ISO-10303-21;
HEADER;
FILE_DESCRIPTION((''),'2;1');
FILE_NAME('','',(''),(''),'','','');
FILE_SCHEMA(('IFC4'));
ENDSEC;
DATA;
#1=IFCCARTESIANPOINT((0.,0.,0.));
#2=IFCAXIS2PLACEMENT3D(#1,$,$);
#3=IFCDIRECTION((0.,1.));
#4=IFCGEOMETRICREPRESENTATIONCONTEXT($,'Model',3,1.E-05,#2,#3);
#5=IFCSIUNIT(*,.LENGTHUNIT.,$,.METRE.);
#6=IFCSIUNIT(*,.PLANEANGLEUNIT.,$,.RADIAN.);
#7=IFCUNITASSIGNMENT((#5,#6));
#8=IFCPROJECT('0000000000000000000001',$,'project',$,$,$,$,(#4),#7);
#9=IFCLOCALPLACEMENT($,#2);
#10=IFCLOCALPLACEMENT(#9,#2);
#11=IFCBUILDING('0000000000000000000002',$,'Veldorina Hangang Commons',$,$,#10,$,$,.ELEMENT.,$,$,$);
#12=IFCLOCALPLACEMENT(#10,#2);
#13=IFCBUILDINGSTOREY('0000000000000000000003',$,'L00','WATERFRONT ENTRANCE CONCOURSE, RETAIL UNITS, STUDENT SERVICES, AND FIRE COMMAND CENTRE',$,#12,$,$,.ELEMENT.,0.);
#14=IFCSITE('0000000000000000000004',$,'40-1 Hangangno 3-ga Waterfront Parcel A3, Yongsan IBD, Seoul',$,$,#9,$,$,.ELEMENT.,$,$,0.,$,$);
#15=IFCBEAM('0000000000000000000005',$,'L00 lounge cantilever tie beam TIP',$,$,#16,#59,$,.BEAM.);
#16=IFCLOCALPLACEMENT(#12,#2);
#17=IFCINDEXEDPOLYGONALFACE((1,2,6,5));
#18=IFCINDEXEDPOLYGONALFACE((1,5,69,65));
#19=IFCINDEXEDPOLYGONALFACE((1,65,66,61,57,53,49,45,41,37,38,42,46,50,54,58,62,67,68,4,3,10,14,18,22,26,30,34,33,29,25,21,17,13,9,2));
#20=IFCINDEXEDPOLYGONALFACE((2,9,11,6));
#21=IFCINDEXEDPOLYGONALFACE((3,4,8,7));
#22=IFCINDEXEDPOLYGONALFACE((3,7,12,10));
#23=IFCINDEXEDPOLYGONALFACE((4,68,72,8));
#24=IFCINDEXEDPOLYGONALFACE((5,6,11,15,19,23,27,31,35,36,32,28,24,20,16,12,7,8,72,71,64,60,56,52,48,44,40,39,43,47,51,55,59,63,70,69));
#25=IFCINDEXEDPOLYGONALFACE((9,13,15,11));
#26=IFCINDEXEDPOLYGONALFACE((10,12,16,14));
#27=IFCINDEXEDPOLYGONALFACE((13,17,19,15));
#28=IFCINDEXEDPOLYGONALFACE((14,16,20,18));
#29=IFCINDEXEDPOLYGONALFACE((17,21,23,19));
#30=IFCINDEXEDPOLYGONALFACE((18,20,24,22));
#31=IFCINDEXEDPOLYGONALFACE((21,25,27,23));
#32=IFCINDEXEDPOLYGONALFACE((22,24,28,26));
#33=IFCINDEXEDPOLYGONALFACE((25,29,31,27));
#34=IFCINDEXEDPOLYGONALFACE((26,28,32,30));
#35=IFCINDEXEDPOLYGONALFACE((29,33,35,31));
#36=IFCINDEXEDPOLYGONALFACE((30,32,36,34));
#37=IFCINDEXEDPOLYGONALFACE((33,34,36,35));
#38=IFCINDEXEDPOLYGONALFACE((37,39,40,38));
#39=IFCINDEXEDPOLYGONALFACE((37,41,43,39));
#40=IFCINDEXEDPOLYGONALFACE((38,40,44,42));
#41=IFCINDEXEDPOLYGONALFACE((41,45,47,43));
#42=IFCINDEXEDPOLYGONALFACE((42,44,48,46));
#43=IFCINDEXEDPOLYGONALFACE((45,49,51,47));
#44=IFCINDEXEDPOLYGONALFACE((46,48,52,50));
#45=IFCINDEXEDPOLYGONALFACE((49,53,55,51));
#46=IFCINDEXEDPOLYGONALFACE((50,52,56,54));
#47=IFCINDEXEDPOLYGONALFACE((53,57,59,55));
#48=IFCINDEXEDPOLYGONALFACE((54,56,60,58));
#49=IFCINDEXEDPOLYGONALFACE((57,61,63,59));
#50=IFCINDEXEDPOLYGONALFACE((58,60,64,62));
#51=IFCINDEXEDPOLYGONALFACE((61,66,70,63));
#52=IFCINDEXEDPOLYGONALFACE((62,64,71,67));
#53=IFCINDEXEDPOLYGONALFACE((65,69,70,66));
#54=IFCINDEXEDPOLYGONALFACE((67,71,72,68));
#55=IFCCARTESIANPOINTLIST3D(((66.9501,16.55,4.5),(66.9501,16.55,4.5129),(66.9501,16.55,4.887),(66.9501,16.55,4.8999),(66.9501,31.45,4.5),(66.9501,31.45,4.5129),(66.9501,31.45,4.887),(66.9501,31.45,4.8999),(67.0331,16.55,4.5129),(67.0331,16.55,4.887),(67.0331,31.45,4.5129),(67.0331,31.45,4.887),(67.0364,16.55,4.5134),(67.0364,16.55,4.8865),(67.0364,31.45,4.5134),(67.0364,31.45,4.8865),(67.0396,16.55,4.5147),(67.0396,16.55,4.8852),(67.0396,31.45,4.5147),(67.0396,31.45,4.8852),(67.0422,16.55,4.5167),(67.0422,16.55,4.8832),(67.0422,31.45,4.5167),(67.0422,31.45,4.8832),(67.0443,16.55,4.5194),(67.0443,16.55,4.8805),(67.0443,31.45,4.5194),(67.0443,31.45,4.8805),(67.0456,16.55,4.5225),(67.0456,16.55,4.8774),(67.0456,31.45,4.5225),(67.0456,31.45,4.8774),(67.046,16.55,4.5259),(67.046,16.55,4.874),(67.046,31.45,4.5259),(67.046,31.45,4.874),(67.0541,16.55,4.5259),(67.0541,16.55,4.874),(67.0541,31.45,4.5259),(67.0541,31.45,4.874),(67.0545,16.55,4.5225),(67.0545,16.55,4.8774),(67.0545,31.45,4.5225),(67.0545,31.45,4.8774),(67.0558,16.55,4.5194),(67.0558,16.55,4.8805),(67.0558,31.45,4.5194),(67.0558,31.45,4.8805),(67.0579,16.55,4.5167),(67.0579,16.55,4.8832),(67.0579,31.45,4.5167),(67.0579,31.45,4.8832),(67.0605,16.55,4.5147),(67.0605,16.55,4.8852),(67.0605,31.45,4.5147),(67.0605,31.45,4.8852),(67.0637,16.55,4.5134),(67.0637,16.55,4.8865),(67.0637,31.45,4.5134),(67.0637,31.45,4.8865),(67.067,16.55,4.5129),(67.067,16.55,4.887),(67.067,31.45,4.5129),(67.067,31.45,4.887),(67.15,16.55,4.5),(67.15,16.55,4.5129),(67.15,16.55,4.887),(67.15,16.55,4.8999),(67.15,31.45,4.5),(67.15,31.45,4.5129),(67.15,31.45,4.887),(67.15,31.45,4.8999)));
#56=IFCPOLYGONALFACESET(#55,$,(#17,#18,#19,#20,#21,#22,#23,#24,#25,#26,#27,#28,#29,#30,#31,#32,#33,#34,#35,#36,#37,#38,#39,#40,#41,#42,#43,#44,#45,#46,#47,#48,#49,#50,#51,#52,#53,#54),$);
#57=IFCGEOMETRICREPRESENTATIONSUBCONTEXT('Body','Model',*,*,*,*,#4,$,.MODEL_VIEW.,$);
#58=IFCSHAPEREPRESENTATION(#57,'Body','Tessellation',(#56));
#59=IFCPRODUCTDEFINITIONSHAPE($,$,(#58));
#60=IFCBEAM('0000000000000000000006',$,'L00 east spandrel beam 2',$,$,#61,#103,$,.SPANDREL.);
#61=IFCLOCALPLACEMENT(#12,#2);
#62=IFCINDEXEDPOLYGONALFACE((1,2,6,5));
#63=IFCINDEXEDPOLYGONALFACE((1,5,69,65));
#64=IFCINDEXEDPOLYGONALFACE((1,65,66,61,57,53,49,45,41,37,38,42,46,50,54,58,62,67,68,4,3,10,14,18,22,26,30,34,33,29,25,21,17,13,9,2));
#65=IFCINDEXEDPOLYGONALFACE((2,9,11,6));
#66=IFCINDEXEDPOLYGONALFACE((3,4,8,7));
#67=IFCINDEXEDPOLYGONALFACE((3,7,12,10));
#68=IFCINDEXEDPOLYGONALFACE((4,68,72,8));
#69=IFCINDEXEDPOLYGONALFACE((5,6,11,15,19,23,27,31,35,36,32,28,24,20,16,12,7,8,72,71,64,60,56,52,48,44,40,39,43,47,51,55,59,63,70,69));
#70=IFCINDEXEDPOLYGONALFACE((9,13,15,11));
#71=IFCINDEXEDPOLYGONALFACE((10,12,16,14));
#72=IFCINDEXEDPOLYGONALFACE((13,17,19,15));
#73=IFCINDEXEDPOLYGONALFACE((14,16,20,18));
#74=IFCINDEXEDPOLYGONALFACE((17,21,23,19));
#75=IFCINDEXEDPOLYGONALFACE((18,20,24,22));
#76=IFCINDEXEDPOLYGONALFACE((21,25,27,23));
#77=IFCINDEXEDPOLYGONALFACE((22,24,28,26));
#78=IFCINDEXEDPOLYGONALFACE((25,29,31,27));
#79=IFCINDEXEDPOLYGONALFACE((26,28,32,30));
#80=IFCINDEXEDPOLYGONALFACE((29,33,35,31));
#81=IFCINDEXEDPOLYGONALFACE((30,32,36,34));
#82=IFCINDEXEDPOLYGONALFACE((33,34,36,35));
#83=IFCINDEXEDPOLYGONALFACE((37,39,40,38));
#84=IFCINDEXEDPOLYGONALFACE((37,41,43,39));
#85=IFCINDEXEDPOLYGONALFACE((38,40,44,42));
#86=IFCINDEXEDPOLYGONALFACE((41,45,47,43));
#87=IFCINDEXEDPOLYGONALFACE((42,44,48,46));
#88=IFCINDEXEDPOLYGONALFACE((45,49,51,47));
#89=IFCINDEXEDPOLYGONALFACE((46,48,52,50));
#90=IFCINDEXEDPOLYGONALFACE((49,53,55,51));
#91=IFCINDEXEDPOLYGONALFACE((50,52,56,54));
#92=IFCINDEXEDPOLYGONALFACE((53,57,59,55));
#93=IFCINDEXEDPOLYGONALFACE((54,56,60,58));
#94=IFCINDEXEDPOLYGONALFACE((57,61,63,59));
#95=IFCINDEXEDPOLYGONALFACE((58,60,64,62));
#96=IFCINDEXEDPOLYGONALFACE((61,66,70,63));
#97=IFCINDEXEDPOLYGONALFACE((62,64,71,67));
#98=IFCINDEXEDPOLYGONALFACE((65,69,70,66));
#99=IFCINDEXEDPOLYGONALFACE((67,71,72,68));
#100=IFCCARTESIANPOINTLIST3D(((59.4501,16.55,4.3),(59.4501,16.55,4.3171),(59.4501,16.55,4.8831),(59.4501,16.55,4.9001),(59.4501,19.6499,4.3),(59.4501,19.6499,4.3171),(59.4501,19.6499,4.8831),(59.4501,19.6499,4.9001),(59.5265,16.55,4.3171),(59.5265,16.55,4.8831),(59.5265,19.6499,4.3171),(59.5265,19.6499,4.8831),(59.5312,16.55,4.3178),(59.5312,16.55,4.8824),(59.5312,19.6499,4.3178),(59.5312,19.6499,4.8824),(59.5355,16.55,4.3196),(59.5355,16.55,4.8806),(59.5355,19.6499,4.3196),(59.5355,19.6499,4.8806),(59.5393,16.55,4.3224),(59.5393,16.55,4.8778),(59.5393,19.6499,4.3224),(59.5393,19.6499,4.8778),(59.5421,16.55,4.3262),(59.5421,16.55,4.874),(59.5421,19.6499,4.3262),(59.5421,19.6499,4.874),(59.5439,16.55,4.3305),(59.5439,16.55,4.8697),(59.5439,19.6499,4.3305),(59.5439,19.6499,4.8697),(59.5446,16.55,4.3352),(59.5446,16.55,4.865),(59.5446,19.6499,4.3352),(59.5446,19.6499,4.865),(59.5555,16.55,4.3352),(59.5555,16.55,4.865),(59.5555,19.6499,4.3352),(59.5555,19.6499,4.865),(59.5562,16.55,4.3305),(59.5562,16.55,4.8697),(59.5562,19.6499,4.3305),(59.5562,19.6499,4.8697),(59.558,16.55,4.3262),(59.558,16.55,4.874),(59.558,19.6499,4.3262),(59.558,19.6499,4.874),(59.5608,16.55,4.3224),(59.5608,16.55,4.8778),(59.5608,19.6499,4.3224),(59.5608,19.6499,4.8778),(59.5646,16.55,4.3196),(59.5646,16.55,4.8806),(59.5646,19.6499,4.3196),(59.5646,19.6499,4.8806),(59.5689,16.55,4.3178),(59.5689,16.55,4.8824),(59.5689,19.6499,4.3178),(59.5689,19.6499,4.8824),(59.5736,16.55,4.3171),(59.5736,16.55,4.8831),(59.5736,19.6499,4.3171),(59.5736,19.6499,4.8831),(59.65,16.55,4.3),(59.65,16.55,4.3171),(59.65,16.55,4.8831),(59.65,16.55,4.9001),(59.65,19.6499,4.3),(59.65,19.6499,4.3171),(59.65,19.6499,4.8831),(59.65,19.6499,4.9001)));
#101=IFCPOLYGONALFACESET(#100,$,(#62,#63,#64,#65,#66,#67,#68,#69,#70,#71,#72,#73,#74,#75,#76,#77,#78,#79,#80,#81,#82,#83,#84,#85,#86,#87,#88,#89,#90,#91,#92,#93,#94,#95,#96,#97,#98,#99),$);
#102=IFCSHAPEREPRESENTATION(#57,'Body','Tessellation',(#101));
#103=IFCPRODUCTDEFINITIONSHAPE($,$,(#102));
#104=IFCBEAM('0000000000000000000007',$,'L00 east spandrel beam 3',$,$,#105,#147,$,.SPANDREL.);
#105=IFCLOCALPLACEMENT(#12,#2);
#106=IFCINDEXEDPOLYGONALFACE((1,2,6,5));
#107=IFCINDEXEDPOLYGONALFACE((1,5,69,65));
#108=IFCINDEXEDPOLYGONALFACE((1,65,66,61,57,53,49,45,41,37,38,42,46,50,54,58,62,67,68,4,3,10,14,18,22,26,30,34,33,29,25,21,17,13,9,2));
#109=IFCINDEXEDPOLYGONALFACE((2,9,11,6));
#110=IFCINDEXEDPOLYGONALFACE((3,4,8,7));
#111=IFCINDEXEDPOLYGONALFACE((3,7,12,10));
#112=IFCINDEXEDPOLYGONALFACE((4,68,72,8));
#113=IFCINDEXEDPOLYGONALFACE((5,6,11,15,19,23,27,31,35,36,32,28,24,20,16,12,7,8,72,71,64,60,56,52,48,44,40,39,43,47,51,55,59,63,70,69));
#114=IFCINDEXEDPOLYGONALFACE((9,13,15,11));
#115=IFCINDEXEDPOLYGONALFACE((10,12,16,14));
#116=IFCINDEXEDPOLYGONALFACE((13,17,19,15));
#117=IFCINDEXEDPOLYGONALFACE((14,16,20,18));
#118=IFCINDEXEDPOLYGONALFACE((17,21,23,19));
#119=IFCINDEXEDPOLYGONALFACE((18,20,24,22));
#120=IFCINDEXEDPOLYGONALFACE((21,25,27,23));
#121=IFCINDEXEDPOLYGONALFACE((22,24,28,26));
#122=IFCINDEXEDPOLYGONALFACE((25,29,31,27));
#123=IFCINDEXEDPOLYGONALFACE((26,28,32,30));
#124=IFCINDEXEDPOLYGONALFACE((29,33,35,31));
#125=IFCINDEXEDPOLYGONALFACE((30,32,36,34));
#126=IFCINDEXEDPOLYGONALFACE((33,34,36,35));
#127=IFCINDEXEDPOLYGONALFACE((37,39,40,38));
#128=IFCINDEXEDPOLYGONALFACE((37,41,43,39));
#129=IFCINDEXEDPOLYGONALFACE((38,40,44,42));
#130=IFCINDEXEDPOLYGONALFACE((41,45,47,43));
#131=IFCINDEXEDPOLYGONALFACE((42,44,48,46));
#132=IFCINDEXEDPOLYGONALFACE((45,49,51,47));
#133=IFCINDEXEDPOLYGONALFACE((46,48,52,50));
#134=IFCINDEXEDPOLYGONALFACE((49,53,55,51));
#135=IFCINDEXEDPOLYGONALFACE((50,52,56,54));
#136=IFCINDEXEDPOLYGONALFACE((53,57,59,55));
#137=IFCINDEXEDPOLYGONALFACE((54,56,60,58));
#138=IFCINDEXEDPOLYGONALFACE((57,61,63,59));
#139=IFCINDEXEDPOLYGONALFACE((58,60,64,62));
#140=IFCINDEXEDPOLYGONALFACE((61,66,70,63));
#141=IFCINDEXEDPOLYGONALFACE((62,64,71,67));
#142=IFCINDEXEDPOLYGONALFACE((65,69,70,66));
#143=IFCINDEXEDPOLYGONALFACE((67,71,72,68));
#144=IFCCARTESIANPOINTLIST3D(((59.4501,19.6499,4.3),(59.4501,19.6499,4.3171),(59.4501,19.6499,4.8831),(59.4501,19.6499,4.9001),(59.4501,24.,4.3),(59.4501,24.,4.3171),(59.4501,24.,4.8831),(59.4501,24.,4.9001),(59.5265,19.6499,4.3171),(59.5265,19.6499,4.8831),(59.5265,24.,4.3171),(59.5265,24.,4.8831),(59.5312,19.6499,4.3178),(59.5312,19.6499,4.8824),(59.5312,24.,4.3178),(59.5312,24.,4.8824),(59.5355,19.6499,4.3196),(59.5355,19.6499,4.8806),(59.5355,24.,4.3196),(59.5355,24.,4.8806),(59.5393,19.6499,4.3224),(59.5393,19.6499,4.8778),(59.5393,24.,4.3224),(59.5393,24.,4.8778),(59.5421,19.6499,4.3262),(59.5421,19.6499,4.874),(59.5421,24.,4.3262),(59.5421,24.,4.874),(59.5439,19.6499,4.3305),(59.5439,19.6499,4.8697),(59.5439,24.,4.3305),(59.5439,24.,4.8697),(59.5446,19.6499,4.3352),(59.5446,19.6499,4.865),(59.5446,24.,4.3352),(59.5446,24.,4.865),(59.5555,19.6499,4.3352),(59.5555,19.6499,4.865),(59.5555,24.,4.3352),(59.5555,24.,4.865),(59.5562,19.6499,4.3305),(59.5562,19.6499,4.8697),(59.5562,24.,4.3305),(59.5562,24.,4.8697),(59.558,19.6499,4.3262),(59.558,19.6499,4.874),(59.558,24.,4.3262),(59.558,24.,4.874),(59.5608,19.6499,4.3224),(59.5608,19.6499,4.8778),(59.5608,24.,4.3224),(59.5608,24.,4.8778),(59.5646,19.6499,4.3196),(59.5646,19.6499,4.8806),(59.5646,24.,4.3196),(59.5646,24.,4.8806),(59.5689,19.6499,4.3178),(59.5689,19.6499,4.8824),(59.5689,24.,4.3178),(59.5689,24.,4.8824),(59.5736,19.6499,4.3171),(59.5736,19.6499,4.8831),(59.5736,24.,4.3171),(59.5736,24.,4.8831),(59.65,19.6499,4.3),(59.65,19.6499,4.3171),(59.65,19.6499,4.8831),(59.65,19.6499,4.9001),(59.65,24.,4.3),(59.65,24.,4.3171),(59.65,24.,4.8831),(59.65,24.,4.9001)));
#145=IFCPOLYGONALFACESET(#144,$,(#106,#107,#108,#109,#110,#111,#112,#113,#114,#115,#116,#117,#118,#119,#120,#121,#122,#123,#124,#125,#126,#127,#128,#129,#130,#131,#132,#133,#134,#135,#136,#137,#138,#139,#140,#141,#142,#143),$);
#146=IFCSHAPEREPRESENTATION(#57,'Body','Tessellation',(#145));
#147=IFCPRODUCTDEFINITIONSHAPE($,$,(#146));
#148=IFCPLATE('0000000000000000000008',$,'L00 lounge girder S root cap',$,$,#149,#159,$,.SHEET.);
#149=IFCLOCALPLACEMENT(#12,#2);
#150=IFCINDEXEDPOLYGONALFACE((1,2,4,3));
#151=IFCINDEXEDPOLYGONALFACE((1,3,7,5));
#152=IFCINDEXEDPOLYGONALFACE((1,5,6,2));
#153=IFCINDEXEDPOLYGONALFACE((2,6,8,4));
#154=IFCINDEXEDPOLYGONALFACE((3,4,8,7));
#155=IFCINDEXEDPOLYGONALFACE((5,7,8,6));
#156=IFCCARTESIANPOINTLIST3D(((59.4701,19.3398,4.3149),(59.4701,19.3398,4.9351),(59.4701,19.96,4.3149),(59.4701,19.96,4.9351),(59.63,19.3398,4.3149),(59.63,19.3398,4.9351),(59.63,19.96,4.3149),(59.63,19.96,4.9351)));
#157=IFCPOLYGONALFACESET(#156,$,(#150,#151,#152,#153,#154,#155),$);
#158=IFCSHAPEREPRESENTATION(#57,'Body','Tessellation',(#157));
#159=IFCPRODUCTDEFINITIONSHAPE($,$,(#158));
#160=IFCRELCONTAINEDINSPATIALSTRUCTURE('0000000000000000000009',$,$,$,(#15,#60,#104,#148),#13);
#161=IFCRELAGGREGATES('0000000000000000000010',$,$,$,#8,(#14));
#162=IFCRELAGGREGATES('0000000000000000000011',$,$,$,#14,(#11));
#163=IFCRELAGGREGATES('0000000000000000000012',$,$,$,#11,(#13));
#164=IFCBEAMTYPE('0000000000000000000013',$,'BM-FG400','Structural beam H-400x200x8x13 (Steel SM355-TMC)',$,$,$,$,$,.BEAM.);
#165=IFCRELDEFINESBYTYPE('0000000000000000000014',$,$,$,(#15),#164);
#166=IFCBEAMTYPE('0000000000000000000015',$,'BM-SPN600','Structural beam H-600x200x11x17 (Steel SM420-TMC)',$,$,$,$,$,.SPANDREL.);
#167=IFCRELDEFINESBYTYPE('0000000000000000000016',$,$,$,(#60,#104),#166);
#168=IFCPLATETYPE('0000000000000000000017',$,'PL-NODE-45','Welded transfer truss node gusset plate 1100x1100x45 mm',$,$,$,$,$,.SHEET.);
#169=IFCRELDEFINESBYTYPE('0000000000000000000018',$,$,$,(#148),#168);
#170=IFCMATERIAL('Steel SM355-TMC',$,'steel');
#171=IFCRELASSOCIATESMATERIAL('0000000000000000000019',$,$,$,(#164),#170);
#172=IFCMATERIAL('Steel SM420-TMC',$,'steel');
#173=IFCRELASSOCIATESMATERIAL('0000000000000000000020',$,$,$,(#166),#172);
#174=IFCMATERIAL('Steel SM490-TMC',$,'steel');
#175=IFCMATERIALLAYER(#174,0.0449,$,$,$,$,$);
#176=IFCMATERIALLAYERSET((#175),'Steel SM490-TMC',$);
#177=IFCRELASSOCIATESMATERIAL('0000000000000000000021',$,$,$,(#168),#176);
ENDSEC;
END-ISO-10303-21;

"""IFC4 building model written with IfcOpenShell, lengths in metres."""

from ifc_helpers import new_model, si_unit, direction, frame, origin, origin_2d, place, context, subcontext, project, spatial, rectangle, i_section, extrude, material, layer, layer_set, material_profile, profile_set, type_object, element, save


model = new_model("IFC4")

# Units and contexts
model_context = context("Model", 3, precision=1e-05, world=origin(), true_north=direction((0.0, 1.0)))
body_context = subcontext(model_context, "Body", "Model", "MODEL_VIEW")
ifc_project = project(units=[si_unit("LENGTHUNIT", "METRE"), si_unit("PLANEANGLEUNIT", "RADIAN")], contexts=[model_context])

# Site, building, storey
site_placement = place(None, origin())
site = spatial("IfcSite", under=ifc_project, at=site_placement, Name="40-1 Hangangno 3-ga Waterfront Parcel A3, Yongsan IBD, Seoul", CompositionType="ELEMENT", RefElevation=0.0)
building_placement = place(site_placement, origin())
building = spatial("IfcBuilding", under=site, at=building_placement, Name="Veldorina Hangang Commons", CompositionType="ELEMENT")
storey_placement = place(building_placement, origin())
storey = spatial("IfcBuildingStorey", under=building, at=storey_placement, Name="L00", Description="WATERFRONT ENTRANCE CONCOURSE, RETAIL UNITS, STUDENT SERVICES, AND FIRE COMMAND CENTRE", CompositionType="ELEMENT", Elevation=0.0)

# Beams
ifc_material_1 = material(Name="Steel SM420-TMC", Category="steel")
ifc_material_2 = material(Name="Steel SM355-TMC", Category="steel")
ifc_material_profile_1 = material_profile(ifc_material_2, i_section(OverallWidth=0.2, OverallDepth=0.3999, WebThickness=0.0081, FlangeThickness=0.0129, FilletRadius=0.0129, at=origin_2d()), Name="H-400x200x8x13")
ifc_profile_set_1 = profile_set([ifc_material_profile_1], Name="Steel SM355-TMC")
beam_type_1 = type_object("IfcBeamType", Name="BM-FG400", Description="Structural beam H-400x200x8x13 (Steel SM355-TMC)", PredefinedType="BEAM", material=ifc_profile_set_1)
for number, where, z_axis, x_axis, name in (
    (1, (67.05, 16.55, 4.7), (0.0, 1.0, 0.0), (-1.0, 0.0, 0.0), "L00 lounge cantilever tie beam TIP"),
):
    element("IfcBeam", number, at=place(storey_placement, frame(where, z_axis=z_axis, x_axis=x_axis)), inside=storey, type_object=beam_type_1, Name=name, PredefinedType="BEAM", context=body_context, shape_type="SweptSolid", body=[
        extrude(i_section(OverallWidth=0.2, OverallDepth=0.3999, WebThickness=0.0081, FlangeThickness=0.0129, FilletRadius=0.0129, at=origin_2d()), origin(), (0.0, 0.0, 1.0), 14.8999),
    ])
ifc_material_profile_2 = material_profile(ifc_material_1, i_section(OverallWidth=0.2, OverallDepth=0.6001, WebThickness=0.011, FlangeThickness=0.0171, FilletRadius=0.0181, at=origin_2d()), Name="H-600x200x11x17")
ifc_profile_set_2 = profile_set([ifc_material_profile_2], Name="Steel SM420-TMC")
beam_type_2 = type_object("IfcBeamType", Name="BM-SPN600", Description="Structural beam H-600x200x11x17 (Steel SM420-TMC)", PredefinedType="SPANDREL", material=ifc_profile_set_2)
beam_1_placement = place(storey_placement, frame((59.55, 16.55, 4.6001), z_axis=(0.0, 1.0, 0.0), x_axis=(-1.0, 0.0, 0.0)))
element("IfcBeam", 2, at=beam_1_placement, inside=storey, type_object=beam_type_2, Name="L00 east spandrel beam 2", PredefinedType="SPANDREL", context=body_context, shape_type="SweptSolid", body=[
    extrude(i_section(OverallWidth=0.2, OverallDepth=0.6001, WebThickness=0.011, FlangeThickness=0.0171, FilletRadius=0.0181, at=origin_2d()), origin(), (0.0, 0.0, 1.0), 3.0999),
])
beam_2_placement = place(storey_placement, frame((59.55, 19.6499, 4.6001), z_axis=(0.0, 1.0, 0.0), x_axis=(-1.0, 0.0, 0.0)))
element("IfcBeam", 3, at=beam_2_placement, inside=storey, type_object=beam_type_2, Name="L00 east spandrel beam 3", PredefinedType="SPANDREL", context=body_context, shape_type="SweptSolid", body=[
    extrude(i_section(OverallWidth=0.2, OverallDepth=0.6001, WebThickness=0.011, FlangeThickness=0.0171, FilletRadius=0.0181, at=origin_2d()), origin(), (0.0, 0.0, 1.0), 4.3501),
])

# Plate
ifc_material_3 = material(Name="Steel SM490-TMC", Category="steel")
ifc_layer_1 = layer(ifc_material_3, 0.0449)
ifc_layer_set_1 = layer_set([ifc_layer_1], Name="Steel SM490-TMC")
plate_type = type_object("IfcPlateType", Name="PL-NODE-45", Description="Welded transfer truss node gusset plate 1100x1100x45 mm", PredefinedType="SHEET", material=ifc_layer_set_1)
plate_placement = place(storey_placement, frame((59.55, 19.6499, 4.3149), z_axis=(0.0, 0.0, 1.0), x_axis=(1.0, 0.0, 0.0)))
element("IfcPlate", 4, at=plate_placement, inside=storey, type_object=plate_type, Name="L00 lounge girder S root cap", PredefinedType="SHEET", context=body_context, shape_type="SweptSolid", body=[
    extrude(rectangle(XDim=0.1599, YDim=0.6201, at=origin_2d()), origin(), (0.0, 0.0, 1.0), 0.6201),
])

save(model, "model.ifc")
